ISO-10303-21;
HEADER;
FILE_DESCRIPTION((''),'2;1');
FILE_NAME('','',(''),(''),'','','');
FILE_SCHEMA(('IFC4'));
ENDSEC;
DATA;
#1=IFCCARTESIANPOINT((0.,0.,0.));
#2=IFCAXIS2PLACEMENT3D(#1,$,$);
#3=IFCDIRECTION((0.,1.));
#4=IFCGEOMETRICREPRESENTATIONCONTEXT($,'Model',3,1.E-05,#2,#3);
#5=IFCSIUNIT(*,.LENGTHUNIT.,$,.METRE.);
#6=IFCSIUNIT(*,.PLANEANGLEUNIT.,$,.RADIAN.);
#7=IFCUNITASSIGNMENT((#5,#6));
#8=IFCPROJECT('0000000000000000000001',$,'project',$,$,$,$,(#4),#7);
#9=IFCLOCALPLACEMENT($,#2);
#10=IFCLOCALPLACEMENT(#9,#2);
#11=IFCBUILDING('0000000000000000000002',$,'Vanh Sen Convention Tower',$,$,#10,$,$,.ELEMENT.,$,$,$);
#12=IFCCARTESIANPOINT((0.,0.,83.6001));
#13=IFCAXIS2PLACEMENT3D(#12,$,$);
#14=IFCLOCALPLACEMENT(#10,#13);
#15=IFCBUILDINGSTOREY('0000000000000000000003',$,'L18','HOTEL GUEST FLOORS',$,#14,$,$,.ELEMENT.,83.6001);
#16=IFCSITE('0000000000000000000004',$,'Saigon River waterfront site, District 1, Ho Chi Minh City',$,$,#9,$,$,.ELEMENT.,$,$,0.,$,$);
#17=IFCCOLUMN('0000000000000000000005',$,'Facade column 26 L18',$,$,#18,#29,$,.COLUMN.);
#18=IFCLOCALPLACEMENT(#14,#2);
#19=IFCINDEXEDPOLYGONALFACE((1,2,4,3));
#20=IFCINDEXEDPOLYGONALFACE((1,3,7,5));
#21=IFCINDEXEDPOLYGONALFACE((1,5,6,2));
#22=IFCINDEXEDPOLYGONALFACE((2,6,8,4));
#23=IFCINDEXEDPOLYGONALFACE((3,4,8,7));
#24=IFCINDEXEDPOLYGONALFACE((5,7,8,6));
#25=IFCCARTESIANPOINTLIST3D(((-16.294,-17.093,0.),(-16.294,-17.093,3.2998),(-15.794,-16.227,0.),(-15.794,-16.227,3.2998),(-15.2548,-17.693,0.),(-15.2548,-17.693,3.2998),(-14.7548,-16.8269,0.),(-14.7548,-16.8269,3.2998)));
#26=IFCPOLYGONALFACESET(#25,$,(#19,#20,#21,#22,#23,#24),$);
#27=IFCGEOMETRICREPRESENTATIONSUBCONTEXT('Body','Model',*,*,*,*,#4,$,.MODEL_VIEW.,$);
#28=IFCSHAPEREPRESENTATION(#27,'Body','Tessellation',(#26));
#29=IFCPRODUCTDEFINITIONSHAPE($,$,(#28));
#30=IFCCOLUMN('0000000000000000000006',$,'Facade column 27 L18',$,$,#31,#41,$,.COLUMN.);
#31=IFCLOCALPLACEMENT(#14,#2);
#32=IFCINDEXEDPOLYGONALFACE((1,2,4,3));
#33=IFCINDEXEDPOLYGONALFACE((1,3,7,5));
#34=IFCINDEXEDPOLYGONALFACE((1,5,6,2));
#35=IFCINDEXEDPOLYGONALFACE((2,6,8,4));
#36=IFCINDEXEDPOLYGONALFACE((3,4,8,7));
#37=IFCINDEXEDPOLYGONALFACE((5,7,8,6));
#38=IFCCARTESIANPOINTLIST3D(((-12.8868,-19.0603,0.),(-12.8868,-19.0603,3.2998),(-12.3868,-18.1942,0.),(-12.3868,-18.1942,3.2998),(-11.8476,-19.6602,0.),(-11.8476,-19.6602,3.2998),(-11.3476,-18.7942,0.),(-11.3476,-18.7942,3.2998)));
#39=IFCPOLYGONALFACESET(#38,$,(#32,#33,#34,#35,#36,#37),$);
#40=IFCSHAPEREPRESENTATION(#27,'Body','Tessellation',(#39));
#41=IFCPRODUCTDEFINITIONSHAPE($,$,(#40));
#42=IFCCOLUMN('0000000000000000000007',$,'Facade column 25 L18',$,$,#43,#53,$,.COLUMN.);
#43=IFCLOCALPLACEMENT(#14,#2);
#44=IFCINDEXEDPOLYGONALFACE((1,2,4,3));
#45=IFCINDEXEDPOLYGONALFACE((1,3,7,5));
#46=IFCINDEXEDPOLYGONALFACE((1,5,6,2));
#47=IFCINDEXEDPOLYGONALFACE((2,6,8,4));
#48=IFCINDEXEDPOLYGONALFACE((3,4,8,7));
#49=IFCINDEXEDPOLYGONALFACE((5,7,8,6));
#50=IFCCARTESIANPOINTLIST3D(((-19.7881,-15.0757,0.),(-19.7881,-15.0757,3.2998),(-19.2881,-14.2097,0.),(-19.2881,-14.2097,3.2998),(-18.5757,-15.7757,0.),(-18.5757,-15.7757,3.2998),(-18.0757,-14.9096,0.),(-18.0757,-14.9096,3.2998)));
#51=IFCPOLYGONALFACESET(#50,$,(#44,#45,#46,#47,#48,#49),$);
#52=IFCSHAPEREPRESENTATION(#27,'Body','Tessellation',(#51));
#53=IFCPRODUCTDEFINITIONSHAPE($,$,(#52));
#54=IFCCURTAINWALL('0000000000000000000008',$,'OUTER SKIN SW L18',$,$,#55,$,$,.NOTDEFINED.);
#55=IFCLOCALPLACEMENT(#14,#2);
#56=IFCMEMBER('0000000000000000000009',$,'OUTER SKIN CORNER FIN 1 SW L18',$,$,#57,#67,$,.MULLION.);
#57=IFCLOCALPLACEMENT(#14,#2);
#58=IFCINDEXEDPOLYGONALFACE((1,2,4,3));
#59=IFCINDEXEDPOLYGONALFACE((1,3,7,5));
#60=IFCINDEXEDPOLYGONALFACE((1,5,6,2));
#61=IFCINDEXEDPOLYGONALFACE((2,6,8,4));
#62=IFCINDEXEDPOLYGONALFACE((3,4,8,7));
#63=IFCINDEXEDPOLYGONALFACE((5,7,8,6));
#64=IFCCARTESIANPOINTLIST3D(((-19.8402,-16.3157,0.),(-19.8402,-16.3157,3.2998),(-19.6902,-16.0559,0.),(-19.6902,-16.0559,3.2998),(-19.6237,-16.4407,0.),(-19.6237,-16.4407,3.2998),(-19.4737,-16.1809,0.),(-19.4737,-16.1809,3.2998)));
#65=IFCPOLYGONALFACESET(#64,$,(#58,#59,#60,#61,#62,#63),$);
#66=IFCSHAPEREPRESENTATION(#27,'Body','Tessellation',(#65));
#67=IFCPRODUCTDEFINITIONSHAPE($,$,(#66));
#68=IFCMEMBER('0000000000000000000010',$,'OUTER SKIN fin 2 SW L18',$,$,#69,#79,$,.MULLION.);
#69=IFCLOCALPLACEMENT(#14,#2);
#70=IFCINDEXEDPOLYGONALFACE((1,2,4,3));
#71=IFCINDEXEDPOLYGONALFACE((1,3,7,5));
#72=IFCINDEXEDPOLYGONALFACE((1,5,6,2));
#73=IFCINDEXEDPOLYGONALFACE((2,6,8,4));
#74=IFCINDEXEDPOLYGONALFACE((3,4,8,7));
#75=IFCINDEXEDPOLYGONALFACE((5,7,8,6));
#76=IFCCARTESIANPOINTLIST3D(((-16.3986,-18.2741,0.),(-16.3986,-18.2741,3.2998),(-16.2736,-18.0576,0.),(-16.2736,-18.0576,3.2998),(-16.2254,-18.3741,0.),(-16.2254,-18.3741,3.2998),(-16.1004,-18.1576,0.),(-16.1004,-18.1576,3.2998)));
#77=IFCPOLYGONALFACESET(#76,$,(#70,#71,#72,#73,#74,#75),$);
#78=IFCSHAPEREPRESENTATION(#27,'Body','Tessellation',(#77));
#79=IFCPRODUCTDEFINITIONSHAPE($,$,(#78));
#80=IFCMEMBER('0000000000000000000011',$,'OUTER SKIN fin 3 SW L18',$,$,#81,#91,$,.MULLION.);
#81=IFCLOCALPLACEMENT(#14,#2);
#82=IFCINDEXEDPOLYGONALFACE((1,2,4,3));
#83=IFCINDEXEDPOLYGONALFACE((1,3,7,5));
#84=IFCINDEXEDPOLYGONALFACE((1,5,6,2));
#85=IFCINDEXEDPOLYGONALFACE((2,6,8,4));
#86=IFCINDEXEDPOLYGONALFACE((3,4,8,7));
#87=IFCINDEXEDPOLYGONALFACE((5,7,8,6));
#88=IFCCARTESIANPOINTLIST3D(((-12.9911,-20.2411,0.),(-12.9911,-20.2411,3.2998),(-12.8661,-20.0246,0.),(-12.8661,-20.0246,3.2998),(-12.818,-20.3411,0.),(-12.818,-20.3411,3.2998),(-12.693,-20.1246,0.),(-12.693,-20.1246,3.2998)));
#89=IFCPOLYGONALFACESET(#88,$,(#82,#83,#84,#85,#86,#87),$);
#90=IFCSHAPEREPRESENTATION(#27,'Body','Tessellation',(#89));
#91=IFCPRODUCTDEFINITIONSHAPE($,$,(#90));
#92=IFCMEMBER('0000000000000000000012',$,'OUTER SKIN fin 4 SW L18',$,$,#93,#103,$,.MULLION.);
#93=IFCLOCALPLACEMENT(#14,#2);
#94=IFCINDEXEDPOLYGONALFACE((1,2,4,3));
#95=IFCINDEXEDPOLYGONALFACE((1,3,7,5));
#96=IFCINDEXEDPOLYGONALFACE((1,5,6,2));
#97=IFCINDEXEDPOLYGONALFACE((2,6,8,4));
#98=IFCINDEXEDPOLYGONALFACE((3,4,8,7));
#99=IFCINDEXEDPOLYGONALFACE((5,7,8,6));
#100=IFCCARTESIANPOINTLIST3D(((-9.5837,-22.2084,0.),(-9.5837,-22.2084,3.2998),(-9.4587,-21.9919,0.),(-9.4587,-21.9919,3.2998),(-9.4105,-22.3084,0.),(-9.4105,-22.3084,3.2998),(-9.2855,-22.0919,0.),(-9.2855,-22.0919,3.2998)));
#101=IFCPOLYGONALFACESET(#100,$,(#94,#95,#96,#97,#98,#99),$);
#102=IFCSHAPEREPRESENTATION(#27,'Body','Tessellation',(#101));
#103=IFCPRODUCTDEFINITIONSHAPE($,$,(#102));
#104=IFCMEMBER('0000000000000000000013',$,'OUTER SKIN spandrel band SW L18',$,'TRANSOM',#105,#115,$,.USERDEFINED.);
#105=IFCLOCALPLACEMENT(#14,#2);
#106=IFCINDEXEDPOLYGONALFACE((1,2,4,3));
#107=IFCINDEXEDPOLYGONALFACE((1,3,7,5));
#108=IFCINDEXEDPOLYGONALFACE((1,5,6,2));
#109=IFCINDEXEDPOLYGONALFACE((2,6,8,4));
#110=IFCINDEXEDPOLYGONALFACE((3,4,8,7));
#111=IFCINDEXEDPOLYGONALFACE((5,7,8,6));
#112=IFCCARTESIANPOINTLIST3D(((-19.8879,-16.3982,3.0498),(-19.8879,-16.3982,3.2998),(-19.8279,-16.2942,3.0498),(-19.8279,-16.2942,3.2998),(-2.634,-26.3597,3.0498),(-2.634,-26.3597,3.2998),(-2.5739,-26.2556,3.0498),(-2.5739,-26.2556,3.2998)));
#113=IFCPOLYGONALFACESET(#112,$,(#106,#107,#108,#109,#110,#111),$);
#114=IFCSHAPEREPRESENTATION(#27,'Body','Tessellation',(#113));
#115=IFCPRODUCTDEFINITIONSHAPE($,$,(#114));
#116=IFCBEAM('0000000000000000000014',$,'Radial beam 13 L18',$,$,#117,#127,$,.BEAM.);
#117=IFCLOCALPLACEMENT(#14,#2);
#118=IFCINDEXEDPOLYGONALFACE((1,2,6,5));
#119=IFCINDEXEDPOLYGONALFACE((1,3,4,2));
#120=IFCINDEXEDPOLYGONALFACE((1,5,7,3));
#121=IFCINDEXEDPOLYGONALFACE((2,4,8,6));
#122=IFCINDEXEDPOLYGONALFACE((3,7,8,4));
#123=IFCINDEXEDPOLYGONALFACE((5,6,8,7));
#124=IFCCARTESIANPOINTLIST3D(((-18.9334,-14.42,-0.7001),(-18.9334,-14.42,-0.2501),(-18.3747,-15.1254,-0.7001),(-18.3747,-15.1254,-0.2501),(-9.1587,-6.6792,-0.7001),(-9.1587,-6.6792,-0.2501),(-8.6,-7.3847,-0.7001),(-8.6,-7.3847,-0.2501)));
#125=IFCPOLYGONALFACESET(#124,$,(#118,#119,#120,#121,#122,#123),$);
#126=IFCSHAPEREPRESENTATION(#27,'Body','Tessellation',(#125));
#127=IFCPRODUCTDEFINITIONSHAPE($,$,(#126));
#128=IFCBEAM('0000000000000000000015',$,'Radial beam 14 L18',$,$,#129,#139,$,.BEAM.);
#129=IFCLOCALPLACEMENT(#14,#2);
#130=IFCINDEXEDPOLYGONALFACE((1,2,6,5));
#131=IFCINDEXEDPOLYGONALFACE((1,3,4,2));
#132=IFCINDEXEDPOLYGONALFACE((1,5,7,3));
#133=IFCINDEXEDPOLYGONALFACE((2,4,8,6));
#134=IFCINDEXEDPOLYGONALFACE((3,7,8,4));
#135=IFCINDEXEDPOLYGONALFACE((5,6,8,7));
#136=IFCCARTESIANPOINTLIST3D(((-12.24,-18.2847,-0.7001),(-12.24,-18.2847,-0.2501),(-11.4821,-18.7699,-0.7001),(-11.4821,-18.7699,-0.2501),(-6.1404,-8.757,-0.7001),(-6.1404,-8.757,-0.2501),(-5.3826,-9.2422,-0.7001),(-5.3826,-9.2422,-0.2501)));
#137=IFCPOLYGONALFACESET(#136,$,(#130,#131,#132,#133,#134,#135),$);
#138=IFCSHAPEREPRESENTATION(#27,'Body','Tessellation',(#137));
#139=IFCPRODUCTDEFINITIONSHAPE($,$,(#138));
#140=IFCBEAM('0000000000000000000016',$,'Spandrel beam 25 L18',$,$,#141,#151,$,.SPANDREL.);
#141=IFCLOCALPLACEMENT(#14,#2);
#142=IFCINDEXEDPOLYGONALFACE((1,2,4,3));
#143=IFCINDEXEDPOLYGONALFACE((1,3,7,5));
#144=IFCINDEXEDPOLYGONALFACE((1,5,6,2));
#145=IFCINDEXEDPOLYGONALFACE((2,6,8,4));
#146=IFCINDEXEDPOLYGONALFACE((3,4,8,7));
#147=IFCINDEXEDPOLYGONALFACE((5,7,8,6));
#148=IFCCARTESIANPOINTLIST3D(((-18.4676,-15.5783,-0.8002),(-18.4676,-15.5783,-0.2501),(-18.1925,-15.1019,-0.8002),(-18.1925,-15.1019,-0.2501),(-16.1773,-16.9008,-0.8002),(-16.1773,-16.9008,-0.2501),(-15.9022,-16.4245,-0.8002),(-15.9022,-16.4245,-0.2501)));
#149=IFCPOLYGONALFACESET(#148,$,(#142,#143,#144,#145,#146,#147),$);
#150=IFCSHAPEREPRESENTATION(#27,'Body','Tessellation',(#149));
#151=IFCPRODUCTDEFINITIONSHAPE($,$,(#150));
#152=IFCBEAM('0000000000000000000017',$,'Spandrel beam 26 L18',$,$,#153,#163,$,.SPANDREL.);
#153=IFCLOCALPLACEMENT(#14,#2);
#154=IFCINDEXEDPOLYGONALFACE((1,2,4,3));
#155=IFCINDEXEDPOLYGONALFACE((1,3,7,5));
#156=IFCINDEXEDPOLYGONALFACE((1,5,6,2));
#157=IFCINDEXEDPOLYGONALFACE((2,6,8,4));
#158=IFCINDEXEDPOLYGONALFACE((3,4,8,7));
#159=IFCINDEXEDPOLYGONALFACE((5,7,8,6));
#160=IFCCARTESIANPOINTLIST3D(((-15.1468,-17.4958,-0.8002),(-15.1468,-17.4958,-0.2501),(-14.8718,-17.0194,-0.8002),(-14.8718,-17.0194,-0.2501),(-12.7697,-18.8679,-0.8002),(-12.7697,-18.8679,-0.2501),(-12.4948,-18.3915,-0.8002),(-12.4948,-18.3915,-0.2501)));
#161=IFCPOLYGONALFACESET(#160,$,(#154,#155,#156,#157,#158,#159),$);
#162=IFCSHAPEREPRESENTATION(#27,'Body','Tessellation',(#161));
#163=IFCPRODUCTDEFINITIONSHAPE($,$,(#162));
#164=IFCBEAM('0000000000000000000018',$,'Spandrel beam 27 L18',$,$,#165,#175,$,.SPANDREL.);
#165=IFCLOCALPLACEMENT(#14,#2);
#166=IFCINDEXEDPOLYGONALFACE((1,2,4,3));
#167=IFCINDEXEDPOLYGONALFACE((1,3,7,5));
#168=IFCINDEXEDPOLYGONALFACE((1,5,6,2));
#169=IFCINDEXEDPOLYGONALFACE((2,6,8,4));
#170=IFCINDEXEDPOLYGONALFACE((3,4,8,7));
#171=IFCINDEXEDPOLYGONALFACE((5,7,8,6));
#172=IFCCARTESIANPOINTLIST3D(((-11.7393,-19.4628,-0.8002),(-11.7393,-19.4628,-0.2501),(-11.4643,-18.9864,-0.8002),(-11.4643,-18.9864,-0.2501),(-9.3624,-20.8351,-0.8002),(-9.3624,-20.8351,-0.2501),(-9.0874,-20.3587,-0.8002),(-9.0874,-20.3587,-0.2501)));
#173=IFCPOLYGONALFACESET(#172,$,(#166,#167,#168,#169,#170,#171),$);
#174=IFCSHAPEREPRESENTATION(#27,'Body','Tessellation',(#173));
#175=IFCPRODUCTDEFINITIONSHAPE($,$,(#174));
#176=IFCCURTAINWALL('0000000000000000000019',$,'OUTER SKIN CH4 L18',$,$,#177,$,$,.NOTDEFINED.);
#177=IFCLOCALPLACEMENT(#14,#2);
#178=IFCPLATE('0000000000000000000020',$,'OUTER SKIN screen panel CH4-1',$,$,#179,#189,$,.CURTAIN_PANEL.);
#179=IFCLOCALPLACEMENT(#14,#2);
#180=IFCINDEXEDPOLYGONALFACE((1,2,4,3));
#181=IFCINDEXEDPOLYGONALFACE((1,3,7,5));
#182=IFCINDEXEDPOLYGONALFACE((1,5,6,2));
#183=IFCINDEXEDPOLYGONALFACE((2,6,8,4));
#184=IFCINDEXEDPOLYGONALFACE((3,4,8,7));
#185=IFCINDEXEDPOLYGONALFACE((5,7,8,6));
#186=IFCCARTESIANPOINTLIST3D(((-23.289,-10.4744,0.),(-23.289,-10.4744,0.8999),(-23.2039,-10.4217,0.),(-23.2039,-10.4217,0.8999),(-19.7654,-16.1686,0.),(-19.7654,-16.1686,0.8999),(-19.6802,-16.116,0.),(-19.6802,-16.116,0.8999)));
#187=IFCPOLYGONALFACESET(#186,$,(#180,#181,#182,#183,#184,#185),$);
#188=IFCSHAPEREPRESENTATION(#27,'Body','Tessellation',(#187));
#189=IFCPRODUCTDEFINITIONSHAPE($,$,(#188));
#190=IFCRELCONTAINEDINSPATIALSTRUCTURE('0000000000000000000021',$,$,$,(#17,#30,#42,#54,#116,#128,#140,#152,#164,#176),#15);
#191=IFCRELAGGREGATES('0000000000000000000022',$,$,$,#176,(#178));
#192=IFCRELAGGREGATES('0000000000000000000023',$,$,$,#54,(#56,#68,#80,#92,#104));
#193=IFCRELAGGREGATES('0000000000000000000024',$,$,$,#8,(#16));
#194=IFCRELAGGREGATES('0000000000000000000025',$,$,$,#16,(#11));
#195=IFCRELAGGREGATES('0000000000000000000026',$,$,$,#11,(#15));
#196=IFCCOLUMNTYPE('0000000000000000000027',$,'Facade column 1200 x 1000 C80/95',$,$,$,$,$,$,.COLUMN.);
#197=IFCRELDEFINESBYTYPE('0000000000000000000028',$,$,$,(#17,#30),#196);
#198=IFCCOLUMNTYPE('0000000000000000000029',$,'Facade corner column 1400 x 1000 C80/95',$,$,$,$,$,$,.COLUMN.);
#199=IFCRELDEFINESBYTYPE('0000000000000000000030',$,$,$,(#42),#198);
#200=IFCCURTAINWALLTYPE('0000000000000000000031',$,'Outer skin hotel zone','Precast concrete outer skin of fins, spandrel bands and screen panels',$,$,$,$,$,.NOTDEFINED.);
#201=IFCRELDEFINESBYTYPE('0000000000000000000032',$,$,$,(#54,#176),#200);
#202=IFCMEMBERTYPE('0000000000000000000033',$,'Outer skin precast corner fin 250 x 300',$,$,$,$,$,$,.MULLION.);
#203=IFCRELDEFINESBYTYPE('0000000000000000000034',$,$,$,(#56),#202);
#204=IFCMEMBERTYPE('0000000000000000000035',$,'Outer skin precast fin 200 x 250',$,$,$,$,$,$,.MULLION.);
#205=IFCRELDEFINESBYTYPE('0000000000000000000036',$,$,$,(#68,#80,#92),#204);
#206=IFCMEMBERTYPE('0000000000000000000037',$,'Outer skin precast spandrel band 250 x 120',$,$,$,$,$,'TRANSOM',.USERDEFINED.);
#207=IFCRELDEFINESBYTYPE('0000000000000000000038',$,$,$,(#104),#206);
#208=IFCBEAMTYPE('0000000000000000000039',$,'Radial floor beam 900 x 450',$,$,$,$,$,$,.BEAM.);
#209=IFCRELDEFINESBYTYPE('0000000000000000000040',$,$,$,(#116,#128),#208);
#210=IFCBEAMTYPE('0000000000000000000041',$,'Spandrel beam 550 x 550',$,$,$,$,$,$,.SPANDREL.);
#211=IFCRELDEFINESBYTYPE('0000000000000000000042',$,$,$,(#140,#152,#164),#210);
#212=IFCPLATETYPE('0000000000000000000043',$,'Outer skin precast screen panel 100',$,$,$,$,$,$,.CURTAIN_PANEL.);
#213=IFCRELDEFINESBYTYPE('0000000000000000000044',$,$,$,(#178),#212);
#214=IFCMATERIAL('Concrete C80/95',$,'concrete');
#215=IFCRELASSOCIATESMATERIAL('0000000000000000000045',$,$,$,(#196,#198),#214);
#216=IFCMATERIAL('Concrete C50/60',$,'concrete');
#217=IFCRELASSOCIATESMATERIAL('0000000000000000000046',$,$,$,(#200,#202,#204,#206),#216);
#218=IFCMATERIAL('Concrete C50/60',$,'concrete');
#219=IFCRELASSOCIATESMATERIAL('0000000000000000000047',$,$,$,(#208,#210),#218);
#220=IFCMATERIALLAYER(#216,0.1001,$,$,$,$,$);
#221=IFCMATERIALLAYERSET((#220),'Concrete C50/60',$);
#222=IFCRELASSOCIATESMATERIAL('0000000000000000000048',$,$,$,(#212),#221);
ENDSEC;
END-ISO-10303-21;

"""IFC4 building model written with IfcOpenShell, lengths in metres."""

from ifc_helpers import new_model, si_unit, direction, frame, origin, origin_2d, place, context, subcontext, project, spatial, rectangle, extrude, material, layer, layer_set, material_profile, profile_set, type_object, element, aggregate, save


model = new_model("IFC4")

# Units and contexts
model_context = context("Model", 3, precision=1e-05, world=origin(), true_north=direction((0.0, 1.0)))
body_context = subcontext(model_context, "Body", "Model", "MODEL_VIEW")
ifc_project = project(units=[si_unit("LENGTHUNIT", "METRE"), si_unit("PLANEANGLEUNIT", "RADIAN")], contexts=[model_context])

# Site, building, storey
site_placement = place(None, origin())
site = spatial("IfcSite", under=ifc_project, at=site_placement, Name="Saigon River waterfront site, District 1, Ho Chi Minh City", CompositionType="ELEMENT", RefElevation=0.0)
building_placement = place(site_placement, origin())
building = spatial("IfcBuilding", under=site, at=building_placement, Name="Vanh Sen Convention Tower", CompositionType="ELEMENT")
storey_placement = place(building_placement, frame((0.0, 0.0, 83.6001)))
storey = spatial("IfcBuildingStorey", under=building, at=storey_placement, Name="L18", Description="HOTEL GUEST FLOORS", CompositionType="ELEMENT", Elevation=83.6001)

# Columns
ifc_material_1 = material(Name="Concrete C80/95", Category="concrete")
ifc_material_profile_1 = material_profile(ifc_material_1, rectangle(XDim=1.2, YDim=1.0, at=origin_2d()), Name="RC 1200X1000")
ifc_profile_set_1 = profile_set([ifc_material_profile_1], Name="Concrete C80/95")
column_type_1 = type_object("IfcColumnType", Name="Facade column 1200 x 1000 C80/95", PredefinedType="COLUMN", material=ifc_profile_set_1)
for number, where, z_axis, x_axis, name in (
    (1, (-15.5244, -16.96, 0.0), (0.0, 0.0, 1.0), (0.866025, -0.5, 0.0), "Facade column 26 L18"),
    (2, (-12.1172, -18.9272, 0.0), (0.0, 0.0, 1.0), (0.866025, -0.5, 0.0), "Facade column 27 L18"),
):
    element("IfcColumn", number, at=place(storey_placement, frame(where, z_axis=z_axis, x_axis=x_axis)), inside=storey, type_object=column_type_1, Name=name, PredefinedType="COLUMN", context=body_context, shape_type="SweptSolid", body=[
        extrude(rectangle(XDim=1.2, YDim=1.0, at=origin_2d()), origin(), (0.0, 0.0, 1.0), 3.2998),
    ])
ifc_material_profile_2 = material_profile(ifc_material_1, rectangle(XDim=1.3999, YDim=1.0, at=origin_2d()), Name="RC 1400X1000")
ifc_profile_set_2 = profile_set([ifc_material_profile_2], Name="Concrete C80/95")
column_type_2 = type_object("IfcColumnType", Name="Facade corner column 1400 x 1000 C80/95", PredefinedType="COLUMN", material=ifc_profile_set_2)
column_placement = place(storey_placement, frame((-18.9319, -14.9927, 0.0), z_axis=(0.0, 0.0, 1.0), x_axis=(0.866025, -0.5, 0.0)))
element("IfcColumn", 3, at=column_placement, inside=storey, type_object=column_type_2, Name="Facade column 25 L18", PredefinedType="COLUMN", context=body_context, shape_type="SweptSolid", body=[
    extrude(rectangle(XDim=1.3999, YDim=1.0, at=origin_2d()), origin(), (0.0, 0.0, 1.0), 3.2998),
])

# Curtain wall, members
ifc_material_2 = material(Name="Concrete C50/60", Category="concrete")
curtain_wall_type = type_object("IfcCurtainWallType", Name="Outer skin hotel zone", Description="Precast concrete outer skin of fins, spandrel bands and screen panels", PredefinedType="NOTDEFINED", material=ifc_material_2)
curtain_wall_1_placement = place(storey_placement, origin())
curtain_wall_1 = element("IfcCurtainWall", 4, at=curtain_wall_1_placement, inside=storey, type_object=curtain_wall_type, Name="OUTER SKIN SW L18", PredefinedType="NOTDEFINED")
ifc_material_profile_3 = material_profile(ifc_material_2, rectangle(XDim=0.25, YDim=0.3, at=origin_2d()), Name="Outer skin precast corner fin 250 x 300")
ifc_profile_set_3 = profile_set([ifc_material_profile_3], Name="Concrete C50/60")
member_type_1 = type_object("IfcMemberType", Name="Outer skin precast corner fin 250 x 300", PredefinedType="MULLION", material=ifc_profile_set_3)
member_1_placement = place(storey_placement, frame((-19.657, -16.2483, 0.0), z_axis=(0.0, 0.0, 1.0), x_axis=(0.866025, -0.5, 0.0)))
member_1 = element("IfcMember", 5, at=member_1_placement, type_object=member_type_1, Name="OUTER SKIN CORNER FIN 1 SW L18", PredefinedType="MULLION", context=body_context, shape_type="SweptSolid", body=[
    extrude(rectangle(XDim=0.25, YDim=0.3, at=origin_2d()), origin(), (0.0, 0.0, 1.0), 3.2998),
])
ifc_material_profile_4 = material_profile(ifc_material_2, rectangle(XDim=0.2, YDim=0.25, at=origin_2d()), Name="Outer skin precast fin 200 x 250")
ifc_profile_set_4 = profile_set([ifc_material_profile_4], Name="Concrete C50/60")
member_type_2 = type_object("IfcMemberType", Name="Outer skin precast fin 200 x 250", PredefinedType="MULLION", material=ifc_profile_set_4)
member_2_placement = place(storey_placement, frame((-16.2495, -18.2158, 0.0), z_axis=(0.0, 0.0, 1.0), x_axis=(0.866025, -0.5, 0.0)))
member_2 = element("IfcMember", 6, at=member_2_placement, type_object=member_type_2, Name="OUTER SKIN fin 2 SW L18", PredefinedType="MULLION", context=body_context, shape_type="SweptSolid", body=[
    extrude(rectangle(XDim=0.2, YDim=0.25, at=origin_2d()), origin(), (0.0, 0.0, 1.0), 3.2998),
])
member_3_placement = place(storey_placement, frame((-12.842, -20.1829, 0.0), z_axis=(0.0, 0.0, 1.0), x_axis=(0.866025, -0.5, 0.0)))
member_3 = element("IfcMember", 7, at=member_3_placement, type_object=member_type_2, Name="OUTER SKIN fin 3 SW L18", PredefinedType="MULLION", context=body_context, shape_type="SweptSolid", body=[
    extrude(rectangle(XDim=0.2, YDim=0.25, at=origin_2d()), origin(), (0.0, 0.0, 1.0), 3.2998),
])
member_4_placement = place(storey_placement, frame((-9.4346, -22.1501, 0.0), z_axis=(0.0, 0.0, 1.0), x_axis=(0.866025, -0.5, 0.0)))
member_4 = element("IfcMember", 8, at=member_4_placement, type_object=member_type_2, Name="OUTER SKIN fin 4 SW L18", PredefinedType="MULLION", context=body_context, shape_type="SweptSolid", body=[
    extrude(rectangle(XDim=0.2, YDim=0.25, at=origin_2d()), origin(), (0.0, 0.0, 1.0), 3.2998),
])
ifc_material_profile_5 = material_profile(ifc_material_2, rectangle(XDim=0.1201, YDim=0.25, at=origin_2d()), Name="Outer skin precast spandrel band 250 x 120")
ifc_profile_set_5 = profile_set([ifc_material_profile_5], Name="Concrete C50/60")
member_type_3 = type_object("IfcMemberType", Name="Outer skin precast spandrel band 250 x 120", ElementType="TRANSOM", PredefinedType="USERDEFINED", material=ifc_profile_set_5)
member_5_placement = place(storey_placement, frame((-19.8579, -16.3462, 3.1748), z_axis=(0.866028, -0.499995, 0.0), x_axis=(0.499995, 0.866028, 0.0)))
member_5 = element("IfcMember", 9, at=member_5_placement, type_object=member_type_3, Name="OUTER SKIN spandrel band SW L18", ObjectType="TRANSOM", PredefinedType="USERDEFINED", context=body_context, shape_type="SweptSolid", body=[
    extrude(rectangle(XDim=0.1201, YDim=0.25, at=origin_2d()), origin(), (0.0, 0.0, 1.0), 19.9231),
])

# Beams
ifc_material_3 = material(Name="Concrete C50/60", Category="concrete")
ifc_material_profile_6 = material_profile(ifc_material_3, rectangle(XDim=0.8999, YDim=0.45, at=origin_2d()), Name="RC 900X450")
ifc_profile_set_6 = profile_set([ifc_material_profile_6], Name="Concrete C50/60")
beam_type_1 = type_object("IfcBeamType", Name="Radial floor beam 900 x 450", PredefinedType="BEAM", material=ifc_profile_set_6)
beam_1_placement = place(storey_placement, frame((-18.6541, -14.7727, -0.4751), z_axis=(0.78395, 0.620824, 0.0), x_axis=(-0.620824, 0.78395, 0.0)))
element("IfcBeam", 10, at=beam_1_placement, inside=storey, type_object=beam_type_1, Name="Radial beam 13 L18", PredefinedType="BEAM", context=body_context, shape_type="SweptSolid", body=[
    extrude(rectangle(XDim=0.8999, YDim=0.45, at=origin_2d()), origin(), (0.0, 0.0, 1.0), 12.4685),
])
beam_2_placement = place(storey_placement, frame((-11.8611, -18.5273, -0.4751), z_axis=(0.539166, 0.842199, 0.0), x_axis=(-0.842199, 0.539166, 0.0)))
element("IfcBeam", 11, at=beam_2_placement, inside=storey, type_object=beam_type_1, Name="Radial beam 14 L18", PredefinedType="BEAM", context=body_context, shape_type="SweptSolid", body=[
    extrude(rectangle(XDim=0.8999, YDim=0.45, at=origin_2d()), origin(), (0.0, 0.0, 1.0), 11.313),
])
ifc_material_profile_7 = material_profile(ifc_material_3, rectangle(XDim=0.55, YDim=0.55, at=origin_2d()), Name="RC 550X550")
ifc_profile_set_7 = profile_set([ifc_material_profile_7], Name="Concrete C50/60")
beam_type_2 = type_object("IfcBeamType", Name="Spandrel beam 550 x 550", PredefinedType="SPANDREL", material=ifc_profile_set_7)
beam_3_placement = place(storey_placement, frame((-18.3301, -15.3401, -0.5251), z_axis=(0.86599, -0.500061, 0.0), x_axis=(0.500061, 0.86599, 0.0)))
element("IfcBeam", 12, at=beam_3_placement, inside=storey, type_object=beam_type_2, Name="Spandrel beam 25 L18", PredefinedType="SPANDREL", context=body_context, shape_type="SweptSolid", body=[
    extrude(rectangle(XDim=0.55, YDim=0.55, at=origin_2d()), origin(), (0.0, 0.0, 1.0), 2.6448),
])
for number, where, z_axis, x_axis, name in (
    (13, (-15.0093, -17.2576, -0.5251), (0.866067, -0.499928, 0.0), (0.499928, 0.866067, 0.0), "Spandrel beam 26 L18"),
    (14, (-11.6018, -19.2246, -0.5251), (0.866029, -0.499995, 0.0), (0.499995, 0.866029, 0.0), "Spandrel beam 27 L18"),
):
    element("IfcBeam", number, at=place(storey_placement, frame(where, z_axis=z_axis, x_axis=x_axis)), inside=storey, type_object=beam_type_2, Name=name, PredefinedType="SPANDREL", context=body_context, shape_type="SweptSolid", body=[
        extrude(rectangle(XDim=0.55, YDim=0.55, at=origin_2d()), origin(), (0.0, 0.0, 1.0), 2.7446),
    ])

# Curtain wall, plate
curtain_wall_2_placement = place(storey_placement, origin())
curtain_wall_2 = element("IfcCurtainWall", 15, at=curtain_wall_2_placement, inside=storey, type_object=curtain_wall_type, Name="OUTER SKIN CH4 L18", PredefinedType="NOTDEFINED")
ifc_layer_1 = layer(ifc_material_2, 0.1001)
ifc_layer_set_1 = layer_set([ifc_layer_1], Name="Concrete C50/60")
plate_type = type_object("IfcPlateType", Name="Outer skin precast screen panel 100", PredefinedType="CURTAIN_PANEL", material=ifc_layer_set_1)
plate_1_placement = place(storey_placement, frame((-21.4846, -13.2952, 0.0), z_axis=(0.0, 0.0, 1.0), x_axis=(0.526205, -0.850358, 0.0)))
plate_1 = element("IfcPlate", 16, at=plate_1_placement, type_object=plate_type, Name="OUTER SKIN screen panel CH4-1", PredefinedType="CURTAIN_PANEL", context=body_context, shape_type="SweptSolid", body=[
    extrude(rectangle(XDim=6.6963, YDim=0.1001, at=origin_2d()), origin(), (0.0, 0.0, 1.0), 0.8999),
])
aggregate(curtain_wall_2, [plate_1])

aggregate(curtain_wall_1, [member_1, member_2, member_3, member_4, member_5])

save(model, "model.ifc")
